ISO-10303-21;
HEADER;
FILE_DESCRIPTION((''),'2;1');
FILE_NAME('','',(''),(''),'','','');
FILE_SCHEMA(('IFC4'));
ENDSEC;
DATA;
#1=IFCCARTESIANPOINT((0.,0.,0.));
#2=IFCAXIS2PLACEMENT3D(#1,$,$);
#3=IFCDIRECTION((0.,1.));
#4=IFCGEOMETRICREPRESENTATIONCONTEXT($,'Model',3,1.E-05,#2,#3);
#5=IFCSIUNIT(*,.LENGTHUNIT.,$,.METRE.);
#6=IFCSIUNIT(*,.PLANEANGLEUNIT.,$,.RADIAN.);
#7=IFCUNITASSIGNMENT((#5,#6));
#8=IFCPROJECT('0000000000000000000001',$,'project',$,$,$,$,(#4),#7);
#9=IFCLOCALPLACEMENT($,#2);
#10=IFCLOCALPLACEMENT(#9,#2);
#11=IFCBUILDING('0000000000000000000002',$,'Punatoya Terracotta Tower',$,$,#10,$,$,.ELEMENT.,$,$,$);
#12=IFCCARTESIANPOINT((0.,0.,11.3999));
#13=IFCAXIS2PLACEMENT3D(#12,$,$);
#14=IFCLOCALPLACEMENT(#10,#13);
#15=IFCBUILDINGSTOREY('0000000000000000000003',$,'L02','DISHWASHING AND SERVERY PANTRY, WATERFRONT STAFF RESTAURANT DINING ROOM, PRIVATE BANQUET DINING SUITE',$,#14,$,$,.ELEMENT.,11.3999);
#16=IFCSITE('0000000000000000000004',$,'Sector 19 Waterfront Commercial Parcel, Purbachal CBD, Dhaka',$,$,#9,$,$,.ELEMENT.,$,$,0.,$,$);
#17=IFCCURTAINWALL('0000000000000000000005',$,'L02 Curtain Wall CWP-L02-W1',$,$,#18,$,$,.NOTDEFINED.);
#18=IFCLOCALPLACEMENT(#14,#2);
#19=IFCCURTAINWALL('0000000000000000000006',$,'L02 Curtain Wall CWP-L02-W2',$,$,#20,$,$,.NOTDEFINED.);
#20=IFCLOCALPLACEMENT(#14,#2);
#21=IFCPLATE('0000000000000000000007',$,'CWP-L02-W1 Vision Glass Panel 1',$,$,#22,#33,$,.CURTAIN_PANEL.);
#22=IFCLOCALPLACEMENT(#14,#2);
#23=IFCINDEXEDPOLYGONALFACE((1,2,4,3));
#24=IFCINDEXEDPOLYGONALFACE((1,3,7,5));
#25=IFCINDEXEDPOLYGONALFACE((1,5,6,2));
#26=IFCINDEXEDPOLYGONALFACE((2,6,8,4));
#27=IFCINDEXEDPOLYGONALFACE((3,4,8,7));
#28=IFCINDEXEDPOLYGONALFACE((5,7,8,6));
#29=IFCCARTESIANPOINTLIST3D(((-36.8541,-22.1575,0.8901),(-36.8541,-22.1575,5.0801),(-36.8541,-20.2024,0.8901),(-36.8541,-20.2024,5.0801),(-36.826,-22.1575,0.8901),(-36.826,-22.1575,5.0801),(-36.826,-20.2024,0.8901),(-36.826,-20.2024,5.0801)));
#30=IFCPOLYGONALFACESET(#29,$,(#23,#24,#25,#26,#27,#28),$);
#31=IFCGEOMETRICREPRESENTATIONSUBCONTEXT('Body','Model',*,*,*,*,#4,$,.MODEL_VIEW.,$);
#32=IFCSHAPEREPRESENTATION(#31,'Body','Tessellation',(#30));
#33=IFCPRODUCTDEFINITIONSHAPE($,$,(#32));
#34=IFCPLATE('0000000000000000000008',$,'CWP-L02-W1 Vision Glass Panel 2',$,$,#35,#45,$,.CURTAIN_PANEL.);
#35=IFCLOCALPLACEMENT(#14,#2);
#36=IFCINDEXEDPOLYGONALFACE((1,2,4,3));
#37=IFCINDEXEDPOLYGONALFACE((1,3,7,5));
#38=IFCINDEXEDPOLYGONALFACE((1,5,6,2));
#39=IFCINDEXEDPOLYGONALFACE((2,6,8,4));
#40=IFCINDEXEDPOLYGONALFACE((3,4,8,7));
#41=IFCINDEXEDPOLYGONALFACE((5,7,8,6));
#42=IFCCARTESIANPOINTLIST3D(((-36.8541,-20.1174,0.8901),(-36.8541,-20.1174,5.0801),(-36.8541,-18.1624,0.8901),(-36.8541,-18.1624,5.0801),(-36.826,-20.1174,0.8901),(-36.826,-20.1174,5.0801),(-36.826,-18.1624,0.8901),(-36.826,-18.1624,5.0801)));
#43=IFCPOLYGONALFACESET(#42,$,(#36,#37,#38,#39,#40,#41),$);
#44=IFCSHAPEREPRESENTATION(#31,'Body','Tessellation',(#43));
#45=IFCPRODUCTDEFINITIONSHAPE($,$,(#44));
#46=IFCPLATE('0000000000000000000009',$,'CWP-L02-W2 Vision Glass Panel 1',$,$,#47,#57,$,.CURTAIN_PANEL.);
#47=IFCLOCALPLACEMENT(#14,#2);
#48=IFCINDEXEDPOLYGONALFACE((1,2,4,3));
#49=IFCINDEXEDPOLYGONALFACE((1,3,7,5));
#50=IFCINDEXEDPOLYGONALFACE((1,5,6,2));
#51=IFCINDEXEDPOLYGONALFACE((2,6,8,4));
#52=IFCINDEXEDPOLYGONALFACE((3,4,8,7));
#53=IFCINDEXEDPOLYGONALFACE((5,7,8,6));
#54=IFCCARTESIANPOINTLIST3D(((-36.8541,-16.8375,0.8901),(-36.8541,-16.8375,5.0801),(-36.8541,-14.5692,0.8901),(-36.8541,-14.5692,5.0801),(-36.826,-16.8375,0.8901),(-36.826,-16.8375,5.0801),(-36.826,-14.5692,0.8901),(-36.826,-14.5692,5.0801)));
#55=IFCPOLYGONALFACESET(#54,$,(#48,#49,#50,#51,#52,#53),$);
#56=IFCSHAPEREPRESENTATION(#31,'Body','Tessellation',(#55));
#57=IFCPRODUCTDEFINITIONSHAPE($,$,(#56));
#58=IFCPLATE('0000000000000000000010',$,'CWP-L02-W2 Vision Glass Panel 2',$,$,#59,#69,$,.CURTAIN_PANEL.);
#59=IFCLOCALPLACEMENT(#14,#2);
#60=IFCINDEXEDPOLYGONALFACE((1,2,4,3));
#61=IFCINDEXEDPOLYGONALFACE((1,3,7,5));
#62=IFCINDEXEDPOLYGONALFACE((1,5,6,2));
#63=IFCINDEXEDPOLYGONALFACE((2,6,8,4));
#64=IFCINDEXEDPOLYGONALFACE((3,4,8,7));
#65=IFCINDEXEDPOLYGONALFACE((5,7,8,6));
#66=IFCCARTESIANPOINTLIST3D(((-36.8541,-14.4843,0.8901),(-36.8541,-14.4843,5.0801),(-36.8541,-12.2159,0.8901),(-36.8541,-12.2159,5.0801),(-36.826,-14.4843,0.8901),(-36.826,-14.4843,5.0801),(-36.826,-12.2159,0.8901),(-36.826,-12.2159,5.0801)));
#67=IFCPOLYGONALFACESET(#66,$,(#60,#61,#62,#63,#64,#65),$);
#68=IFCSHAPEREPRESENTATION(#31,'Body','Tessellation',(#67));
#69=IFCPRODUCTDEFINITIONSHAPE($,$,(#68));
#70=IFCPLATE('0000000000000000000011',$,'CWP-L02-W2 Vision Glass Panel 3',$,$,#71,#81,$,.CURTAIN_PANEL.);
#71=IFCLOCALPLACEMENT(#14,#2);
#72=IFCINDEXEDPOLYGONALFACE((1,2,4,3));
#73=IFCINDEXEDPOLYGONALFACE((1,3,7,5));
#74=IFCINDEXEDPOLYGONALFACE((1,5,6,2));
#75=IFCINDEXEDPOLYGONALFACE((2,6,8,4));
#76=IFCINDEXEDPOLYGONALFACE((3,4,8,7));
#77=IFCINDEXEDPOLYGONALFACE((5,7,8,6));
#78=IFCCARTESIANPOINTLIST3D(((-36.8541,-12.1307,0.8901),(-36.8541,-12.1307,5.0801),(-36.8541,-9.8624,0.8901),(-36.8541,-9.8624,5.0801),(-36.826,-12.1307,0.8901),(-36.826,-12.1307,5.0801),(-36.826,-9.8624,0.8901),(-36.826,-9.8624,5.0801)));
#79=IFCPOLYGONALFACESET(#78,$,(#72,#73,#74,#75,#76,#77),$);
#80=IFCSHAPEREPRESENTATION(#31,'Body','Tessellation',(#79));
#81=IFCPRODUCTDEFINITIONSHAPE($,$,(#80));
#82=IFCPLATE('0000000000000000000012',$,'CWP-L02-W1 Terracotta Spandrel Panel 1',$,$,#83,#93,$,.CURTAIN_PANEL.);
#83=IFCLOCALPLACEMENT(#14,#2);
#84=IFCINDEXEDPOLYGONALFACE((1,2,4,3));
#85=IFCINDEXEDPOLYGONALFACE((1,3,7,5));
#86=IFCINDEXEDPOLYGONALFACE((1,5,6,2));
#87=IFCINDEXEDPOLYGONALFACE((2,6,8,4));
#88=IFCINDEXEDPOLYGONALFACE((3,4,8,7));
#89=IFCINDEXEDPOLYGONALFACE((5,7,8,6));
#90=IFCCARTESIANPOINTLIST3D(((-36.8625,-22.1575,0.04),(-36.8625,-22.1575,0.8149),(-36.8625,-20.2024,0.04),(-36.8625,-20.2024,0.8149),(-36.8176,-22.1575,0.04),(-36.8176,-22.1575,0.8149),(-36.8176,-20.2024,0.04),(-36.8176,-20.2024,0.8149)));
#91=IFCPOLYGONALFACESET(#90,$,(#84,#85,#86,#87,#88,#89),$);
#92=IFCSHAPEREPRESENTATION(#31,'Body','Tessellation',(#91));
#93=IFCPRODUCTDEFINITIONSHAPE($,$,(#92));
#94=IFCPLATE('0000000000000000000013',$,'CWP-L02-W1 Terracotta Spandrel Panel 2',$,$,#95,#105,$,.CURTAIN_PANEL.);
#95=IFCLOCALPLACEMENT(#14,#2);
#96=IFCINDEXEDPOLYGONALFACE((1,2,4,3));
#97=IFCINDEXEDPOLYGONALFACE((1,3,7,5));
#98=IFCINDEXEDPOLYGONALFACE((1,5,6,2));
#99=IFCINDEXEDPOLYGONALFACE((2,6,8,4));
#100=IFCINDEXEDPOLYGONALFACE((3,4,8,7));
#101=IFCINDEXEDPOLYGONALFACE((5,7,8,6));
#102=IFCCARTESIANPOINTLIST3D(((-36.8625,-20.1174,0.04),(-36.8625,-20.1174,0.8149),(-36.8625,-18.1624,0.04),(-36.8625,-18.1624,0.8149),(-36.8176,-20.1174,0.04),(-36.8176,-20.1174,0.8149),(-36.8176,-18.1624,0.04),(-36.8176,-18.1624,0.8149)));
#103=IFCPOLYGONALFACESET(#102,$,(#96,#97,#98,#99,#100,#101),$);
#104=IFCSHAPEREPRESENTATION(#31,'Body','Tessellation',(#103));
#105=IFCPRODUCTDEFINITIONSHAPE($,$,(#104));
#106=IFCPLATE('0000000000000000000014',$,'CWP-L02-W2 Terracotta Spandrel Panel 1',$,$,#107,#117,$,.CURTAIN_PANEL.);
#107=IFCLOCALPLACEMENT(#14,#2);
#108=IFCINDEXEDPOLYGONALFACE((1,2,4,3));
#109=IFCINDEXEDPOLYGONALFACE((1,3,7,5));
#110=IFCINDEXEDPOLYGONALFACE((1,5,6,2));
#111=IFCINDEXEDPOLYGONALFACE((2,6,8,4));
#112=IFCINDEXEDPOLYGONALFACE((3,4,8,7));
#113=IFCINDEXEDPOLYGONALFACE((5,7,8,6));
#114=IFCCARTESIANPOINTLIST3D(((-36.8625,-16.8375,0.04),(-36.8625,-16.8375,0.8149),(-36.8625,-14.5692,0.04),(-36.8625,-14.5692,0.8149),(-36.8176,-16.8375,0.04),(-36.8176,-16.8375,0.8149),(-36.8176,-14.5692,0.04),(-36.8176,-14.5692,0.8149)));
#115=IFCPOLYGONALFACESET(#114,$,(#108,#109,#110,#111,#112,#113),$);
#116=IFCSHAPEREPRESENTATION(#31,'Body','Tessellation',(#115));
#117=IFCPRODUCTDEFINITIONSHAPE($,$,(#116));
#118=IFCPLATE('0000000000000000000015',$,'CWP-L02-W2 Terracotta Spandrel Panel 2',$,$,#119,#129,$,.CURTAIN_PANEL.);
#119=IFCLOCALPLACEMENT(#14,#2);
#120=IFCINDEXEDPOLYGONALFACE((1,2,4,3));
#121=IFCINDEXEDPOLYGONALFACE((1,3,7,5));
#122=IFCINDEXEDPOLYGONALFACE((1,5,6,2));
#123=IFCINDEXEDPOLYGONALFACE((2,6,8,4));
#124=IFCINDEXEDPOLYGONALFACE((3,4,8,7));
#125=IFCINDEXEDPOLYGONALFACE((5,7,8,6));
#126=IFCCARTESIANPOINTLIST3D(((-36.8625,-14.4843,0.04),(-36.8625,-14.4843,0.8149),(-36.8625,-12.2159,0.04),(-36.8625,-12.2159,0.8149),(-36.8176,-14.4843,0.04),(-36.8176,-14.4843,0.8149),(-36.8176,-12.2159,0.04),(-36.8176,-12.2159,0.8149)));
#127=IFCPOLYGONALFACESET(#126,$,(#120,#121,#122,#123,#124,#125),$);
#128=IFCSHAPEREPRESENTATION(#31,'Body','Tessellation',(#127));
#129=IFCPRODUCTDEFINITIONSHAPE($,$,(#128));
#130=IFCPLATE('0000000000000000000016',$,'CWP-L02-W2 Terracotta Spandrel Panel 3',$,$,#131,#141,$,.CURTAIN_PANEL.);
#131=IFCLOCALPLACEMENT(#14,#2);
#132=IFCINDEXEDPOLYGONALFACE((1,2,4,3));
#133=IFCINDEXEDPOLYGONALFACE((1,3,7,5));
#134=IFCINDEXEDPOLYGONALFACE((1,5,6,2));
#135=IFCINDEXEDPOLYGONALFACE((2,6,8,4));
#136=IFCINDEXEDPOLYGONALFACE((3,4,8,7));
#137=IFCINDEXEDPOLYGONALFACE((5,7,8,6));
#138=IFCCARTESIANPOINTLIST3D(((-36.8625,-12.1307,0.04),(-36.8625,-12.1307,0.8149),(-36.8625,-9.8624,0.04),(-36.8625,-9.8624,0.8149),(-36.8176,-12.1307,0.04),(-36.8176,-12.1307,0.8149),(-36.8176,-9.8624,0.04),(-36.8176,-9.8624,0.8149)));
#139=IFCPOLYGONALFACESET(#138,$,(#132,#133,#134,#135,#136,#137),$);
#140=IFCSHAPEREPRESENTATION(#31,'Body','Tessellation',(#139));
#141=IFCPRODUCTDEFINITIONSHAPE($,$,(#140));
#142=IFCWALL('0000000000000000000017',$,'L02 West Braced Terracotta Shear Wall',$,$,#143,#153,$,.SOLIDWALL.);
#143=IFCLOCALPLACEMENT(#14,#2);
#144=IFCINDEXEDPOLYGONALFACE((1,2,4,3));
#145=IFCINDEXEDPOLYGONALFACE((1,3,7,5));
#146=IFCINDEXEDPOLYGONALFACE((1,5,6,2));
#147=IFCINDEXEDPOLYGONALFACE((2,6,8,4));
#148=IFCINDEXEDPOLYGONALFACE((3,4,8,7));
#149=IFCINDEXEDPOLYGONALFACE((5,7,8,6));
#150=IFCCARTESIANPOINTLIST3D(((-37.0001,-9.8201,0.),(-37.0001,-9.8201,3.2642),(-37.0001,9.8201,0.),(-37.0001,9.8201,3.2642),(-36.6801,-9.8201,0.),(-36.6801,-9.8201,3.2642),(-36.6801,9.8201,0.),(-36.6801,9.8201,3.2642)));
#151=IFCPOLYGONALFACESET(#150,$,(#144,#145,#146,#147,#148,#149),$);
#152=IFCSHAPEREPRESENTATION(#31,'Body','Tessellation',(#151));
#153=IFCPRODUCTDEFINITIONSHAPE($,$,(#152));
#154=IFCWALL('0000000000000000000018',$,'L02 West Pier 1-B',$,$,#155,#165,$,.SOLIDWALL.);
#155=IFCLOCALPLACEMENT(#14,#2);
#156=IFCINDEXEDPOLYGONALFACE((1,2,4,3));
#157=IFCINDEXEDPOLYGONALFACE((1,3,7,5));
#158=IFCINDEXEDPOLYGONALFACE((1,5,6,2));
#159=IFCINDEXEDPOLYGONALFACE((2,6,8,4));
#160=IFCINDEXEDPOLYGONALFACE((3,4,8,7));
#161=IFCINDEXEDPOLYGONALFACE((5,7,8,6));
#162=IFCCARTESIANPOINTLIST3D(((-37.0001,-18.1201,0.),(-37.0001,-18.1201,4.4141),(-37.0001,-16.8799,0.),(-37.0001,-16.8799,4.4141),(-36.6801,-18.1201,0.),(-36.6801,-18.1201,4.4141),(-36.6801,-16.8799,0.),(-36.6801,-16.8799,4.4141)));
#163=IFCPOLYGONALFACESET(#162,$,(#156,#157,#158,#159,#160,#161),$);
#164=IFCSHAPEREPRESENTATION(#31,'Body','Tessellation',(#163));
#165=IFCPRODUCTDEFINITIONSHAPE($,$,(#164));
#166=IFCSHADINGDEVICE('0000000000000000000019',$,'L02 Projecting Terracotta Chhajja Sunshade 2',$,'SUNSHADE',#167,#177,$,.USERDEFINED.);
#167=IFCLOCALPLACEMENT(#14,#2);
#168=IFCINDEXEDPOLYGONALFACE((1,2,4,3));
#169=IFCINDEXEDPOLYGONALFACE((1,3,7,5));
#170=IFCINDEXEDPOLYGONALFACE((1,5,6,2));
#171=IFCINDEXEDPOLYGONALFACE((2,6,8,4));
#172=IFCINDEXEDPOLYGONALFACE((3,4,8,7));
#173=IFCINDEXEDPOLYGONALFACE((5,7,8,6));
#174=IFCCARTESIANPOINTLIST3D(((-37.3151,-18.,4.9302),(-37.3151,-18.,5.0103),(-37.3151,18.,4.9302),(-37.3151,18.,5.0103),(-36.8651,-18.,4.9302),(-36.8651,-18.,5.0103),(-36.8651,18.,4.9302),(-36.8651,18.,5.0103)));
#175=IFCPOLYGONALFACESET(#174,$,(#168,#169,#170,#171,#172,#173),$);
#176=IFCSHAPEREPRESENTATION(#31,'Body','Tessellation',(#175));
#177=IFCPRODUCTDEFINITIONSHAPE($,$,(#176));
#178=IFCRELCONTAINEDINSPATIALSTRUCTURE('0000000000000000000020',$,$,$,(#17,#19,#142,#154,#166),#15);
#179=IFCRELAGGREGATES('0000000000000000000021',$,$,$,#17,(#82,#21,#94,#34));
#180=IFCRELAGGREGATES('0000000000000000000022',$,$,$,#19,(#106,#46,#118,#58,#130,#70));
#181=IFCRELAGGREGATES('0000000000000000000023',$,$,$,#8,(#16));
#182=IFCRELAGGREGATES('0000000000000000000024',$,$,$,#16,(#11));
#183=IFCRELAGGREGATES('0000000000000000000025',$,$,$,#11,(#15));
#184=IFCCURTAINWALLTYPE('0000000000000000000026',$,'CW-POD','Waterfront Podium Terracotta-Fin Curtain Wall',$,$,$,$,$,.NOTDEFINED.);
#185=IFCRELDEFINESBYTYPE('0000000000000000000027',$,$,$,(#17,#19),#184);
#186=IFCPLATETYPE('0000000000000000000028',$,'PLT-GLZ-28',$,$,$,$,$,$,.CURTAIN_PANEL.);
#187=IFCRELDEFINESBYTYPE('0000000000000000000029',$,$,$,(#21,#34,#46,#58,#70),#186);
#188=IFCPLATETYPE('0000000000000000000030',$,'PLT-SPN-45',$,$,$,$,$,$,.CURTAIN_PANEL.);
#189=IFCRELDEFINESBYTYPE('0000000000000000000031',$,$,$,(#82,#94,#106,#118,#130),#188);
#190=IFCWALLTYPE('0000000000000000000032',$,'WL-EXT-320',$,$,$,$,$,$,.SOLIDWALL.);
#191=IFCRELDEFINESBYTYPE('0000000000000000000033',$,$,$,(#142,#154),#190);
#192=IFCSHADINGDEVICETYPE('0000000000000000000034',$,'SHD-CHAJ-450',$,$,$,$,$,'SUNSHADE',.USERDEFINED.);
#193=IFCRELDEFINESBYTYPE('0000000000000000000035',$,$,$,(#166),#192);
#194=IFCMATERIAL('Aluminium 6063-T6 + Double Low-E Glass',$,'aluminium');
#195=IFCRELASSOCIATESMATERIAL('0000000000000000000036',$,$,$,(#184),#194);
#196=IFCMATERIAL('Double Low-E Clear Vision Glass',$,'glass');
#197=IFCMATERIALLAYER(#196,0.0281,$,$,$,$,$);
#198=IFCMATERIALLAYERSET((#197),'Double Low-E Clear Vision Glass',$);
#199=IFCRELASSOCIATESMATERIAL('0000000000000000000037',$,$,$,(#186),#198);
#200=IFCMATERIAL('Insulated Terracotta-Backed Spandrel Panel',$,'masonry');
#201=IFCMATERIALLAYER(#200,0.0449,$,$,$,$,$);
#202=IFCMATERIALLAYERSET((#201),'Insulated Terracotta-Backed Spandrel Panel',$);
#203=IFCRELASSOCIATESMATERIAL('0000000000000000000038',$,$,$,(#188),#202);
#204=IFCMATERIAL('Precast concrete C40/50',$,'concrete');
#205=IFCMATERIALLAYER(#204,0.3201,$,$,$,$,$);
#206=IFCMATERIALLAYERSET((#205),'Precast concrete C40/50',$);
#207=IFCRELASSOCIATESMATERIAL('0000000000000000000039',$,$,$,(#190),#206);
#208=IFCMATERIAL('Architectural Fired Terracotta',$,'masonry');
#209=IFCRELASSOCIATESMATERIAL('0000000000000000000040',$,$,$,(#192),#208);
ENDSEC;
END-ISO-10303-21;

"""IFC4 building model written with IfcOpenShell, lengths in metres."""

from ifc_helpers import new_model, si_unit, direction, frame, frame_2d, origin, origin_2d, place, context, subcontext, project, spatial, rectangle, extrude, material, layer, layer_set, material_profile, profile_set, type_object, element, aggregate, save


model = new_model("IFC4")

# Units and contexts
model_context = context("Model", 3, precision=1e-05, world=origin(), true_north=direction((0.0, 1.0)))
body_context = subcontext(model_context, "Body", "Model", "MODEL_VIEW")
ifc_project = project(units=[si_unit("LENGTHUNIT", "METRE"), si_unit("PLANEANGLEUNIT", "RADIAN")], contexts=[model_context])

# Site, building, storey
site_placement = place(None, origin())
site = spatial("IfcSite", under=ifc_project, at=site_placement, Name="Sector 19 Waterfront Commercial Parcel, Purbachal CBD, Dhaka", CompositionType="ELEMENT", RefElevation=0.0)
building_placement = place(site_placement, origin())
building = spatial("IfcBuilding", under=site, at=building_placement, Name="Punatoya Terracotta Tower", CompositionType="ELEMENT")
storey_placement = place(building_placement, frame((0.0, 0.0, 11.3999)))
storey = spatial("IfcBuildingStorey", under=building, at=storey_placement, Name="L02", Description="DISHWASHING AND SERVERY PANTRY, WATERFRONT STAFF RESTAURANT DINING ROOM, PRIVATE BANQUET DINING SUITE", CompositionType="ELEMENT", Elevation=11.3999)

# Curtain walls
ifc_material_1 = material(Name="Aluminium 6063-T6 + Double Low-E Glass", Category="aluminium")
curtain_wall_type = type_object("IfcCurtainWallType", Name="CW-POD", Description="Waterfront Podium Terracotta-Fin Curtain Wall", PredefinedType="NOTDEFINED", material=ifc_material_1)
curtain_wall_1_placement = place(storey_placement, origin())
curtain_wall_1 = element("IfcCurtainWall", 1, at=curtain_wall_1_placement, inside=storey, type_object=curtain_wall_type, Name="L02 Curtain Wall CWP-L02-W1", PredefinedType="NOTDEFINED")
curtain_wall_2_placement = place(storey_placement, origin())
curtain_wall_2 = element("IfcCurtainWall", 2, at=curtain_wall_2_placement, inside=storey, type_object=curtain_wall_type, Name="L02 Curtain Wall CWP-L02-W2", PredefinedType="NOTDEFINED")

# Plates
ifc_material_2 = material(Name="Double Low-E Clear Vision Glass", Category="glass")
ifc_layer_1 = layer(ifc_material_2, 0.0281)
ifc_layer_set_1 = layer_set([ifc_layer_1], Name="Double Low-E Clear Vision Glass")
plate_type_1 = type_object("IfcPlateType", Name="PLT-GLZ-28", PredefinedType="CURTAIN_PANEL", material=ifc_layer_set_1)
plate_1_placement = place(storey_placement, frame((-36.8401, -21.1799, 0.8901), z_axis=(0.0, 0.0, 1.0), x_axis=(0.0, 1.0, 0.0)))
plate_1 = element("IfcPlate", 3, at=plate_1_placement, type_object=plate_type_1, Name="CWP-L02-W1 Vision Glass Panel 1", PredefinedType="CURTAIN_PANEL", context=body_context, shape_type="SweptSolid", body=[
    extrude(rectangle(XDim=1.9551, YDim=0.0281, at=origin_2d()), origin(), (0.0, 0.0, 1.0), 4.1899),
])
plate_2_placement = place(storey_placement, frame((-36.8401, -19.1399, 0.8901), z_axis=(0.0, 0.0, 1.0), x_axis=(0.0, 1.0, 0.0)))
plate_2 = element("IfcPlate", 4, at=plate_2_placement, type_object=plate_type_1, Name="CWP-L02-W1 Vision Glass Panel 2", PredefinedType="CURTAIN_PANEL", context=body_context, shape_type="SweptSolid", body=[
    extrude(rectangle(XDim=1.9551, YDim=0.0281, at=origin_2d()), origin(), (0.0, 0.0, 1.0), 4.1899),
])
plate_3_placement = place(storey_placement, frame((-36.8401, -15.7034, 0.8901), z_axis=(0.0, 0.0, 1.0), x_axis=(0.0, 1.0, 0.0)))
plate_3 = element("IfcPlate", 5, at=plate_3_placement, type_object=plate_type_1, Name="CWP-L02-W2 Vision Glass Panel 1", PredefinedType="CURTAIN_PANEL", context=body_context, shape_type="SweptSolid", body=[
    extrude(rectangle(XDim=2.2683, YDim=0.0281, at=origin_2d()), origin(), (0.0, 0.0, 1.0), 4.1899),
])
plate_4_placement = place(storey_placement, frame((-36.8401, -13.3501, 0.8901), z_axis=(0.0, 0.0, 1.0), x_axis=(0.0, 1.0, 0.0)))
plate_4 = element("IfcPlate", 6, at=plate_4_placement, type_object=plate_type_1, Name="CWP-L02-W2 Vision Glass Panel 2", PredefinedType="CURTAIN_PANEL", context=body_context, shape_type="SweptSolid", body=[
    extrude(rectangle(XDim=2.2683, YDim=0.0281, at=origin_2d()), origin(), (0.0, 0.0, 1.0), 4.1899),
])
plate_5_placement = place(storey_placement, frame((-36.8401, -10.9966, 0.8901), z_axis=(0.0, 0.0, 1.0), x_axis=(0.0, 1.0, 0.0)))
plate_5 = element("IfcPlate", 7, at=plate_5_placement, type_object=plate_type_1, Name="CWP-L02-W2 Vision Glass Panel 3", PredefinedType="CURTAIN_PANEL", context=body_context, shape_type="SweptSolid", body=[
    extrude(rectangle(XDim=2.2683, YDim=0.0281, at=origin_2d()), origin(), (0.0, 0.0, 1.0), 4.1899),
])
ifc_material_3 = material(Name="Insulated Terracotta-Backed Spandrel Panel", Category="masonry")
ifc_layer_2 = layer(ifc_material_3, 0.0449)
ifc_layer_set_2 = layer_set([ifc_layer_2], Name="Insulated Terracotta-Backed Spandrel Panel")
plate_type_2 = type_object("IfcPlateType", Name="PLT-SPN-45", PredefinedType="CURTAIN_PANEL", material=ifc_layer_set_2)
plate_6_placement = place(storey_placement, frame((-36.8401, -21.1799, 0.04), z_axis=(0.0, 0.0, 1.0), x_axis=(0.0, 1.0, 0.0)))
plate_6 = element("IfcPlate", 8, at=plate_6_placement, type_object=plate_type_2, Name="CWP-L02-W1 Terracotta Spandrel Panel 1", PredefinedType="CURTAIN_PANEL", context=body_context, shape_type="SweptSolid", body=[
    extrude(rectangle(XDim=1.9551, YDim=0.0449, at=origin_2d()), origin(), (0.0, 0.0, 1.0), 0.7749),
])
plate_7_placement = place(storey_placement, frame((-36.8401, -19.1399, 0.04), z_axis=(0.0, 0.0, 1.0), x_axis=(0.0, 1.0, 0.0)))
plate_7 = element("IfcPlate", 9, at=plate_7_placement, type_object=plate_type_2, Name="CWP-L02-W1 Terracotta Spandrel Panel 2", PredefinedType="CURTAIN_PANEL", context=body_context, shape_type="SweptSolid", body=[
    extrude(rectangle(XDim=1.9551, YDim=0.0449, at=origin_2d()), origin(), (0.0, 0.0, 1.0), 0.7749),
])
aggregate(curtain_wall_1, [plate_6, plate_1, plate_7, plate_2])
plate_8_placement = place(storey_placement, frame((-36.8401, -15.7034, 0.04), z_axis=(0.0, 0.0, 1.0), x_axis=(0.0, 1.0, 0.0)))
plate_8 = element("IfcPlate", 10, at=plate_8_placement, type_object=plate_type_2, Name="CWP-L02-W2 Terracotta Spandrel Panel 1", PredefinedType="CURTAIN_PANEL", context=body_context, shape_type="SweptSolid", body=[
    extrude(rectangle(XDim=2.2683, YDim=0.0449, at=origin_2d()), origin(), (0.0, 0.0, 1.0), 0.7749),
])
plate_9_placement = place(storey_placement, frame((-36.8401, -13.3501, 0.04), z_axis=(0.0, 0.0, 1.0), x_axis=(0.0, 1.0, 0.0)))
plate_9 = element("IfcPlate", 11, at=plate_9_placement, type_object=plate_type_2, Name="CWP-L02-W2 Terracotta Spandrel Panel 2", PredefinedType="CURTAIN_PANEL", context=body_context, shape_type="SweptSolid", body=[
    extrude(rectangle(XDim=2.2683, YDim=0.0449, at=origin_2d()), origin(), (0.0, 0.0, 1.0), 0.7749),
])
plate_10_placement = place(storey_placement, frame((-36.8401, -10.9966, 0.04), z_axis=(0.0, 0.0, 1.0), x_axis=(0.0, 1.0, 0.0)))
plate_10 = element("IfcPlate", 12, at=plate_10_placement, type_object=plate_type_2, Name="CWP-L02-W2 Terracotta Spandrel Panel 3", PredefinedType="CURTAIN_PANEL", context=body_context, shape_type="SweptSolid", body=[
    extrude(rectangle(XDim=2.2683, YDim=0.0449, at=origin_2d()), origin(), (0.0, 0.0, 1.0), 0.7749),
])
aggregate(curtain_wall_2, [plate_8, plate_3, plate_9, plate_4, plate_10, plate_5])

# Walls
ifc_material_4 = material(Name="Precast concrete C40/50", Category="concrete")
ifc_layer_3 = layer(ifc_material_4, 0.3201)
ifc_layer_set_3 = layer_set([ifc_layer_3], Name="Precast concrete C40/50")
wall_type = type_object("IfcWallType", Name="WL-EXT-320", PredefinedType="SOLIDWALL", material=ifc_layer_set_3)
wall_1_placement = place(storey_placement, frame((-36.8401, -9.8201, 0.0), z_axis=(0.0, 0.0, 1.0), x_axis=(0.0, 1.0, 0.0)))
element("IfcWall", 13, at=wall_1_placement, inside=storey, type_object=wall_type, Name="L02 West Braced Terracotta Shear Wall", PredefinedType="SOLIDWALL", context=body_context, shape_type="SweptSolid", body=[
    extrude(rectangle(XDim=19.6401, YDim=0.3201, at=frame_2d((9.8201, 0.0))), origin(), (0.0, 0.0, 1.0), 3.2642),
])
wall_2_placement = place(storey_placement, frame((-36.8401, -18.1201, 0.0), z_axis=(0.0, 0.0, 1.0), x_axis=(0.0, 1.0, 0.0)))
element("IfcWall", 14, at=wall_2_placement, inside=storey, type_object=wall_type, Name="L02 West Pier 1-B", PredefinedType="SOLIDWALL", context=body_context, shape_type="SweptSolid", body=[
    extrude(rectangle(XDim=1.2402, YDim=0.3201, at=frame_2d((0.6201, 0.0))), origin(), (0.0, 0.0, 1.0), 4.4141),
])

# Shading device
ifc_material_5 = material(Name="Architectural Fired Terracotta", Category="masonry")
ifc_material_profile_1 = material_profile(ifc_material_5, rectangle(XDim=0.45, YDim=0.0801, at=origin_2d()))
ifc_profile_set_1 = profile_set([ifc_material_profile_1], Name="Architectural Fired Terracotta")
shading_device_type = type_object("IfcShadingDeviceType", Name="SHD-CHAJ-450", ElementType="SUNSHADE", PredefinedType="USERDEFINED", material=ifc_profile_set_1)
shading_device_placement = place(storey_placement, frame((-37.0901, -18.0, 4.9702), z_axis=(0.0, 1.0, 0.0), x_axis=(-1.0, 0.0, 0.0)))
element("IfcShadingDevice", 15, at=shading_device_placement, inside=storey, type_object=shading_device_type, Name="L02 Projecting Terracotta Chhajja Sunshade 2", ObjectType="SUNSHADE", PredefinedType="USERDEFINED", context=body_context, shape_type="SweptSolid", body=[
    extrude(rectangle(XDim=0.45, YDim=0.0801, at=origin_2d()), origin(), (0.0, 0.0, 1.0), 36.0),
])

save(model, "model.ifc")
